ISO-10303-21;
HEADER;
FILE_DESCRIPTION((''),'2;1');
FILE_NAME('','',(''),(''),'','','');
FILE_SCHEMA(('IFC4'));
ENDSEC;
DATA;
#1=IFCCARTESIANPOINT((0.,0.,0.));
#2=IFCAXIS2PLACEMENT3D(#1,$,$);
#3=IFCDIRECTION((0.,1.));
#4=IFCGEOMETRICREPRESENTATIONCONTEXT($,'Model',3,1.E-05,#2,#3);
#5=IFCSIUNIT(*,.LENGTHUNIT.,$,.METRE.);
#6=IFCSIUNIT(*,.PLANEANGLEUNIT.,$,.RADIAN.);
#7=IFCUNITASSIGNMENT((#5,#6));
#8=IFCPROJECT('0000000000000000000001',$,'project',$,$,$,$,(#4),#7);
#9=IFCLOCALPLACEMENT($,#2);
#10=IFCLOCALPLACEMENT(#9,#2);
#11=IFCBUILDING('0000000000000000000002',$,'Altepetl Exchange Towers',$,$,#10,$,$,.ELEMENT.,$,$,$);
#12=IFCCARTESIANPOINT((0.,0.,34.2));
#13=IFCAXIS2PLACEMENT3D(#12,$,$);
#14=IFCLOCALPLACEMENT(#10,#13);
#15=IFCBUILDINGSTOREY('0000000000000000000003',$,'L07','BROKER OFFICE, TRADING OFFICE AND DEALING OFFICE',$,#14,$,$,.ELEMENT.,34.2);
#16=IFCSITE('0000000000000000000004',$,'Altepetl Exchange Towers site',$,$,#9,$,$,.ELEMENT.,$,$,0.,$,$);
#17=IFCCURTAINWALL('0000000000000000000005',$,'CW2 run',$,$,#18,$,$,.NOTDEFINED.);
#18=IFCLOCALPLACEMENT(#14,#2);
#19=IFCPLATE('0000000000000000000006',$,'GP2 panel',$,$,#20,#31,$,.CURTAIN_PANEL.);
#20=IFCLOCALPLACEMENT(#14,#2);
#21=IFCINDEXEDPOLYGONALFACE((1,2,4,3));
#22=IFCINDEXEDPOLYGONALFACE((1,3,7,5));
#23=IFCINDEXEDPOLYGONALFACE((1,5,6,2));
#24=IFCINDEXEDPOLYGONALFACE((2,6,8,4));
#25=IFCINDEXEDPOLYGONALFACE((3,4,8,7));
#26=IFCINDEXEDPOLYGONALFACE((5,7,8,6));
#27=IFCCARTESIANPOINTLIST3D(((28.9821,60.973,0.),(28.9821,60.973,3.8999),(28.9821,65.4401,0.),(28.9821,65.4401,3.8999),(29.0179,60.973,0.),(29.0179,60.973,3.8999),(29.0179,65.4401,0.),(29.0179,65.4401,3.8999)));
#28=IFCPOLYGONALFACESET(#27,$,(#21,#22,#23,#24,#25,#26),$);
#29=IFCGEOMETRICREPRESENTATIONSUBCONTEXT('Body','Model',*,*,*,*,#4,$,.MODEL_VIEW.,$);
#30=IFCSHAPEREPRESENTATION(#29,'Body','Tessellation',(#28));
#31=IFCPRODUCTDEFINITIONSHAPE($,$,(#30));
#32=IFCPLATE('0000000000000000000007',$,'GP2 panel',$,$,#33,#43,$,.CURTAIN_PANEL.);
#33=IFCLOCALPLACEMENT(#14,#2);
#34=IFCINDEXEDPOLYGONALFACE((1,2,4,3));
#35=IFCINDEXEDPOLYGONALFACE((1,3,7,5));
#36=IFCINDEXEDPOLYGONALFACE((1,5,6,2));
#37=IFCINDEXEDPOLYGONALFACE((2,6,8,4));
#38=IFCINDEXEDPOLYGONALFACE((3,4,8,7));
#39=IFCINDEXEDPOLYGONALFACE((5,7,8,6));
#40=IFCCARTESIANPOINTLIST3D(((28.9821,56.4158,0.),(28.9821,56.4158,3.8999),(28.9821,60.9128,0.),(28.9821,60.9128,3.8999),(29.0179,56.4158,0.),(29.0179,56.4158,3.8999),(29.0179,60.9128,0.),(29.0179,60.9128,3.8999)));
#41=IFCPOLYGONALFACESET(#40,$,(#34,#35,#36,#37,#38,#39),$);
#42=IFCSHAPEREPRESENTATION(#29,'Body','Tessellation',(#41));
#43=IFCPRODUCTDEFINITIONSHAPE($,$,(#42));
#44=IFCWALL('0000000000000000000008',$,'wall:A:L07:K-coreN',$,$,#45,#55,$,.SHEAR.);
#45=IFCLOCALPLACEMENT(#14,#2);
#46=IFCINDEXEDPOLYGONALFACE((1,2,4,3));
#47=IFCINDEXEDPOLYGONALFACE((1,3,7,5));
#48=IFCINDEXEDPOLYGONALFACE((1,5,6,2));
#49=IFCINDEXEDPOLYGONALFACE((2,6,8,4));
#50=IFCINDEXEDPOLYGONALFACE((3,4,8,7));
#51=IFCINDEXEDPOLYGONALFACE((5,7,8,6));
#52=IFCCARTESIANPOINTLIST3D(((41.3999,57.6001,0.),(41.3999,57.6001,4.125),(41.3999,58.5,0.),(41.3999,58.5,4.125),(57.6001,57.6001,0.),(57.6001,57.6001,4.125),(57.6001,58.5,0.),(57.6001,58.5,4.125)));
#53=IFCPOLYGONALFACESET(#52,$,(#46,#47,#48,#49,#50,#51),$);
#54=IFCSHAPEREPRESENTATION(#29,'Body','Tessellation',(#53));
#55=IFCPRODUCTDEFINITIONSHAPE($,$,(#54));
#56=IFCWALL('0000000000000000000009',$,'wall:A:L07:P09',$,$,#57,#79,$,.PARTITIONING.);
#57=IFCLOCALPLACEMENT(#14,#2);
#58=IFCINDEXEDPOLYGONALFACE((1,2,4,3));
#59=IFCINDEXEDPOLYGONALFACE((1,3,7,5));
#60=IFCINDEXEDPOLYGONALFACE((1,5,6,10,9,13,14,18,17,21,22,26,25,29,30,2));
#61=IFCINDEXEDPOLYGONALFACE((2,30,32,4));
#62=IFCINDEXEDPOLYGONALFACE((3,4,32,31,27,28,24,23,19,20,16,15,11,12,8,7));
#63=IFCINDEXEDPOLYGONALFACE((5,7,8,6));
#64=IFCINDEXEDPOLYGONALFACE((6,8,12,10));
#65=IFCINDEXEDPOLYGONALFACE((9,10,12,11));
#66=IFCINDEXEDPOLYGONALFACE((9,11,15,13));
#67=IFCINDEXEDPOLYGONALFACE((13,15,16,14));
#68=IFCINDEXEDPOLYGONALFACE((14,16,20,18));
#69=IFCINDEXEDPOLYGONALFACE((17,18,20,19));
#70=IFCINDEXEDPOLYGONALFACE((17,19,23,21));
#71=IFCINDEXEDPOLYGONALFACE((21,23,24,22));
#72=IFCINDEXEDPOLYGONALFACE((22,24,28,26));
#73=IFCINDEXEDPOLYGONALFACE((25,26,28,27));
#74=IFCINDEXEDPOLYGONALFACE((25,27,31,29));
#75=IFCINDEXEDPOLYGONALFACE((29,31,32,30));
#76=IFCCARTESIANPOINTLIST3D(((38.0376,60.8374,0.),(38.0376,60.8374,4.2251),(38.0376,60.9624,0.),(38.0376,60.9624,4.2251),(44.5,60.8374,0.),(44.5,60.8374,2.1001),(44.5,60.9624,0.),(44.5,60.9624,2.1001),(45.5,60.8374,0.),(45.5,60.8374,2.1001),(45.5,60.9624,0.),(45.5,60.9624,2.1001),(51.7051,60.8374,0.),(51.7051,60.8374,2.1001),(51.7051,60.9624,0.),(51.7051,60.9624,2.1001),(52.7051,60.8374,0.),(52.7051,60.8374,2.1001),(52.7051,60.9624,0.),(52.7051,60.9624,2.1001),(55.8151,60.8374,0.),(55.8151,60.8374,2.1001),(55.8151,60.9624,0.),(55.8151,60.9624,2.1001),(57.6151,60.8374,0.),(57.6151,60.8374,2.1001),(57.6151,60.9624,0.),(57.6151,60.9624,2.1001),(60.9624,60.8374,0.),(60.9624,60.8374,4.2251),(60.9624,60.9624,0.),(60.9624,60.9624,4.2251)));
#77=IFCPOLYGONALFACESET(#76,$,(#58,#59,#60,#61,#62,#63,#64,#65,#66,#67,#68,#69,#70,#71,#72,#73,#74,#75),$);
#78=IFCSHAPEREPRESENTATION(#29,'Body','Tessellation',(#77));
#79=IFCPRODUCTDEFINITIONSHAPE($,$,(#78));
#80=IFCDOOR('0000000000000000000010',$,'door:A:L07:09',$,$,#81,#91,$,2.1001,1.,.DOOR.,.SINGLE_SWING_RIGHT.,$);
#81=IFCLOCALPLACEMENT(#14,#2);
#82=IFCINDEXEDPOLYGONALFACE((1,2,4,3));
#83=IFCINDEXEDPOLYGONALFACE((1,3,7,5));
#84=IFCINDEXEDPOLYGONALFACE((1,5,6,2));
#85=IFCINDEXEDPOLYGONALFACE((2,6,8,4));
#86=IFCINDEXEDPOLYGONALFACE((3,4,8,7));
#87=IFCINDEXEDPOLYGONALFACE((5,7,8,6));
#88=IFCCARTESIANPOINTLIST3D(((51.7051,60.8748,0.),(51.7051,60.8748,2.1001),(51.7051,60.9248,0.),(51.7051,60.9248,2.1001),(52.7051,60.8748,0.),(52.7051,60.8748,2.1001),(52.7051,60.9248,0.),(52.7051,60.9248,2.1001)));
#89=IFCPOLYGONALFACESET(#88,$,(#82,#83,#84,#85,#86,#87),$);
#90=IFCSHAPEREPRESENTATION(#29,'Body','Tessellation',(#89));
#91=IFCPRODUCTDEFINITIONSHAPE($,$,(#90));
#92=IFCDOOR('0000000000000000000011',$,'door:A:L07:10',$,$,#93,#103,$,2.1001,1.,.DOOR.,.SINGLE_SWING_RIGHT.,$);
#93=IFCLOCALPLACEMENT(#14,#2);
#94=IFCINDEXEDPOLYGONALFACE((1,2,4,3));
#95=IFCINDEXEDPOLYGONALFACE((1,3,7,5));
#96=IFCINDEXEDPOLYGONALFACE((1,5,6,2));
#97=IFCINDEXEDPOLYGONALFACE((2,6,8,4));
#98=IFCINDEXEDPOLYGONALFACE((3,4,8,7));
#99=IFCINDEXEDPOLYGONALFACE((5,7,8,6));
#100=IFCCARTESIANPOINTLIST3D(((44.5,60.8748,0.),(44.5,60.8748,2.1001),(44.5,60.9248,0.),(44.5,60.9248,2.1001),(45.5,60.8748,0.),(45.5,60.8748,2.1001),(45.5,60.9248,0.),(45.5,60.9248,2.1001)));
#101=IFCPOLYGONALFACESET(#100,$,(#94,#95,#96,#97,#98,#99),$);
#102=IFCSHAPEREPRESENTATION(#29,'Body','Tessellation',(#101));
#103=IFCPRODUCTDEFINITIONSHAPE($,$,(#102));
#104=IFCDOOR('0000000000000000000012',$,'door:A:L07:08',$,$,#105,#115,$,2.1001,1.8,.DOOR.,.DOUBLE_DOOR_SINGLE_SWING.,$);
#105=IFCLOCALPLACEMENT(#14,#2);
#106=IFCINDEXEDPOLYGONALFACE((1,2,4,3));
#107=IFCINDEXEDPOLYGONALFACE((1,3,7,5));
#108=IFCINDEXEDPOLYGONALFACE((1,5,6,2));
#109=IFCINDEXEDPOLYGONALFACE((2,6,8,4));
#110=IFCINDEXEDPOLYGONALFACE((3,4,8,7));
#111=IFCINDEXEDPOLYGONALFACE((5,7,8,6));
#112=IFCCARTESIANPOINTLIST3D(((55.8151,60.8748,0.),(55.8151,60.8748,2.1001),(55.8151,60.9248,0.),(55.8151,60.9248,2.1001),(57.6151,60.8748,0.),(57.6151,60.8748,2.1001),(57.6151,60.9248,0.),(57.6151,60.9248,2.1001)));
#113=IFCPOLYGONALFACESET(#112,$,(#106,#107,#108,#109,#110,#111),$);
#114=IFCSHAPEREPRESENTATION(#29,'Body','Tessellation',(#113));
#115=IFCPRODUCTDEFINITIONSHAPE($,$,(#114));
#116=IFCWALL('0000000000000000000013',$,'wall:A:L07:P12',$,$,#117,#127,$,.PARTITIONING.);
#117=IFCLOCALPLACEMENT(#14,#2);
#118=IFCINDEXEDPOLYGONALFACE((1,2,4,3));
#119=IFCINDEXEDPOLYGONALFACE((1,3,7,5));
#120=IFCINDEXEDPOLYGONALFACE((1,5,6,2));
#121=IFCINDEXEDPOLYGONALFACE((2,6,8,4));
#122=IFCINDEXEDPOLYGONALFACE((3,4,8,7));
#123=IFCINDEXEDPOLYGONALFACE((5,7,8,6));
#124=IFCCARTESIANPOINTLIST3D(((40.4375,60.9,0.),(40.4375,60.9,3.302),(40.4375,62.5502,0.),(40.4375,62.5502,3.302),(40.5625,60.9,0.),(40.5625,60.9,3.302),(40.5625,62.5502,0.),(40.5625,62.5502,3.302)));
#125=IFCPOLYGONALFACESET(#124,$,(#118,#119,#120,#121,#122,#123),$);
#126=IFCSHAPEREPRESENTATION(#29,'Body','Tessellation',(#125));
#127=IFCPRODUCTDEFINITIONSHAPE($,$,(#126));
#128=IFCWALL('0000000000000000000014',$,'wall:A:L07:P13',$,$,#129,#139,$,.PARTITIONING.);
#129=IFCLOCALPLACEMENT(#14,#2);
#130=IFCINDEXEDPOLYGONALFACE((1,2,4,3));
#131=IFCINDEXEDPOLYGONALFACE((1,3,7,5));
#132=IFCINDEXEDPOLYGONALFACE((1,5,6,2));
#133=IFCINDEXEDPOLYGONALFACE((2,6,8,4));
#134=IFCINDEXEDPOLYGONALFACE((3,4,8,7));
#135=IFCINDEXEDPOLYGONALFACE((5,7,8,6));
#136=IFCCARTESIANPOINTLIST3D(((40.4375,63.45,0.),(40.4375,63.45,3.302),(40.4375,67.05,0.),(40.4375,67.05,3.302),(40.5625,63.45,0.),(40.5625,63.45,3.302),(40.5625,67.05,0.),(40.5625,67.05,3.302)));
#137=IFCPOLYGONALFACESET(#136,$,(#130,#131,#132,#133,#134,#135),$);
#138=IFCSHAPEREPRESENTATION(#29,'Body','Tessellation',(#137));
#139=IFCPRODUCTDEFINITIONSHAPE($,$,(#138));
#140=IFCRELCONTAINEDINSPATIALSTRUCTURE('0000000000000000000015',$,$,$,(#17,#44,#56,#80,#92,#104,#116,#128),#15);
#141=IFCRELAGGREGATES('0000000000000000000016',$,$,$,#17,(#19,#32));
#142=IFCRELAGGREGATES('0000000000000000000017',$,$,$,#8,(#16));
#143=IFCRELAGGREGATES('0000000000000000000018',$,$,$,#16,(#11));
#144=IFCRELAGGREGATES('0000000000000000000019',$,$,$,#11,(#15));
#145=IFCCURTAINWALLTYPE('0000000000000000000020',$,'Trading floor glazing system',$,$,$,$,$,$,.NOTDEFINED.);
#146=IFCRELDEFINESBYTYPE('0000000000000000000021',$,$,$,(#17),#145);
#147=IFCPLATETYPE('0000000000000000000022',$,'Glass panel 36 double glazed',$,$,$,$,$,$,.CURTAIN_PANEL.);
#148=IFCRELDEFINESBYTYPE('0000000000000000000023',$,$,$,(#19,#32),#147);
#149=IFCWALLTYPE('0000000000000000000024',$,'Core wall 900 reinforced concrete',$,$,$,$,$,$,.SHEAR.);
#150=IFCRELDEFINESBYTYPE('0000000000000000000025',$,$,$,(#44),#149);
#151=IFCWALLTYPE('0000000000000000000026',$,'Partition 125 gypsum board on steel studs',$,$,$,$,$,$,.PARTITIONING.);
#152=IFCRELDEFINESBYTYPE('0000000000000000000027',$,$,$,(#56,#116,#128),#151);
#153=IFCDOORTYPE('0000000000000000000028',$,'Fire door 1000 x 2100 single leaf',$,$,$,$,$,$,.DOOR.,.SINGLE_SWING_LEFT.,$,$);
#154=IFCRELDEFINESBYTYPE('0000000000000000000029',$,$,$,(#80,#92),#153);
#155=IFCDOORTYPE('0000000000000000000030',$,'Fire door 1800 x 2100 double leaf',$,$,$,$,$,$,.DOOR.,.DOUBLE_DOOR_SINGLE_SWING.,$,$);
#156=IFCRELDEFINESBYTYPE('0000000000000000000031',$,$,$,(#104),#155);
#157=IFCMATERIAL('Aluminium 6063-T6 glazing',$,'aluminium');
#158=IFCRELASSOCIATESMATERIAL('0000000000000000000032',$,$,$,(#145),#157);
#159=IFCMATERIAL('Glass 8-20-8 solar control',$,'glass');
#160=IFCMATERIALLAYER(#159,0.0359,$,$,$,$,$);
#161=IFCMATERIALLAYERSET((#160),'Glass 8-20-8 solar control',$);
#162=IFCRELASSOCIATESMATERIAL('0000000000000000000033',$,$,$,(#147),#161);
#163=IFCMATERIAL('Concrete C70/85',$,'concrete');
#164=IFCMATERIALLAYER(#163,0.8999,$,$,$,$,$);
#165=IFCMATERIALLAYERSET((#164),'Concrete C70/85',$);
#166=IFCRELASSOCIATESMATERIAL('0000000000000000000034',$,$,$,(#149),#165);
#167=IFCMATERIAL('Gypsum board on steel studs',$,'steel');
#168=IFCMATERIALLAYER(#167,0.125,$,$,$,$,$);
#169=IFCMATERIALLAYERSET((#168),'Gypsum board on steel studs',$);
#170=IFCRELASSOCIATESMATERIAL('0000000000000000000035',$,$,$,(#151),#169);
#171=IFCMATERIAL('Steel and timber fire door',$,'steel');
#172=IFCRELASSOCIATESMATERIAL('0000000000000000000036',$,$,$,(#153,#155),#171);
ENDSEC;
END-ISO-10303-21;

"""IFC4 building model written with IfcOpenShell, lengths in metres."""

from ifc_helpers import new_model, si_unit, direction, frame, frame_2d, origin, origin_2d, place, context, subcontext, project, spatial, rectangle, extrude, material, layer, layer_set, type_object, element, fill, aggregate, save


model = new_model("IFC4")

# Units and contexts
model_context = context("Model", 3, precision=1e-05, world=origin(), true_north=direction((0.0, 1.0)))
body_context = subcontext(model_context, "Body", "Model", "MODEL_VIEW")
ifc_project = project(units=[si_unit("LENGTHUNIT", "METRE"), si_unit("PLANEANGLEUNIT", "RADIAN")], contexts=[model_context])

# Site, building, storey
site_placement = place(None, origin())
site = spatial("IfcSite", under=ifc_project, at=site_placement, Name="Altepetl Exchange Towers site", CompositionType="ELEMENT", RefElevation=0.0)
building_placement = place(site_placement, origin())
building = spatial("IfcBuilding", under=site, at=building_placement, Name="Altepetl Exchange Towers", CompositionType="ELEMENT")
storey_placement = place(building_placement, frame((0.0, 0.0, 34.2)))
storey = spatial("IfcBuildingStorey", under=building, at=storey_placement, Name="L07", Description="BROKER OFFICE, TRADING OFFICE AND DEALING OFFICE", CompositionType="ELEMENT", Elevation=34.2)

# Shared definitions
ifc_material_1 = material(Name="Concrete C70/85", Category="concrete")

# Curtain wall
ifc_material_2 = material(Name="Aluminium 6063-T6 glazing", Category="aluminium")
curtain_wall_type = type_object("IfcCurtainWallType", Name="Trading floor glazing system", PredefinedType="NOTDEFINED", material=ifc_material_2)
curtain_wall_placement = place(storey_placement, origin())
curtain_wall = element("IfcCurtainWall", 1, at=curtain_wall_placement, inside=storey, type_object=curtain_wall_type, Name="CW2 run", PredefinedType="NOTDEFINED")

# Plates
ifc_material_3 = material(Name="Glass 8-20-8 solar control", Category="glass")
ifc_layer_1 = layer(ifc_material_3, 0.0359)
ifc_layer_set_1 = layer_set([ifc_layer_1], Name="Glass 8-20-8 solar control")
plate_type = type_object("IfcPlateType", Name="Glass panel 36 double glazed", PredefinedType="CURTAIN_PANEL", material=ifc_layer_set_1)
plate_1_placement = place(storey_placement, frame((29.0, 63.2065, 0.0), z_axis=(0.0, 0.0, 1.0), x_axis=(0.0, -1.0, 0.0)))
plate_1 = element("IfcPlate", 2, at=plate_1_placement, type_object=plate_type, Name="GP2 panel", PredefinedType="CURTAIN_PANEL", context=body_context, shape_type="SweptSolid", body=[
    extrude(rectangle(XDim=4.467, YDim=0.0359, at=origin_2d()), origin(), (0.0, 0.0, 1.0), 3.8999),
])
plate_2_placement = place(storey_placement, frame((29.0, 58.6643, 0.0), z_axis=(0.0, 0.0, 1.0), x_axis=(0.0, -1.0, 0.0)))
plate_2 = element("IfcPlate", 3, at=plate_2_placement, type_object=plate_type, Name="GP2 panel", PredefinedType="CURTAIN_PANEL", context=body_context, shape_type="SweptSolid", body=[
    extrude(rectangle(XDim=4.4971, YDim=0.0359, at=origin_2d()), origin(), (0.0, 0.0, 1.0), 3.8999),
])
aggregate(curtain_wall, [plate_1, plate_2])

# Wall
ifc_layer_2 = layer(ifc_material_1, 0.8999)
ifc_layer_set_2 = layer_set([ifc_layer_2], Name="Concrete C70/85")
wall_type_1 = type_object("IfcWallType", Name="Core wall 900 reinforced concrete", PredefinedType="SHEAR", material=ifc_layer_set_2)
wall_1_placement = place(storey_placement, frame((41.3999, 58.05, 0.0)))
element("IfcWall", 4, at=wall_1_placement, inside=storey, type_object=wall_type_1, Name="wall:A:L07:K-coreN", PredefinedType="SHEAR", context=body_context, shape_type="SweptSolid", body=[
    extrude(rectangle(XDim=16.2002, YDim=0.8999, at=frame_2d((8.1001, 0.0))), origin(), (0.0, 0.0, 1.0), 4.125),
])

# Wall, openings, doors
ifc_material_4 = material(Name="Gypsum board on steel studs", Category="steel")
ifc_layer_3 = layer(ifc_material_4, 0.125)
ifc_layer_set_3 = layer_set([ifc_layer_3], Name="Gypsum board on steel studs")
wall_type_2 = type_object("IfcWallType", Name="Partition 125 gypsum board on steel studs", PredefinedType="PARTITIONING", material=ifc_layer_set_3)
wall_2_placement = place(storey_placement, frame((38.0376, 60.8999, 0.0)))
wall_2 = element("IfcWall", 5, at=wall_2_placement, inside=storey, type_object=wall_type_2, Name="wall:A:L07:P09", PredefinedType="PARTITIONING", context=body_context, shape_type="SweptSolid", body=[
    extrude(rectangle(XDim=22.9248, YDim=0.125, at=frame_2d((11.4624, 0.0))), origin(), (0.0, 0.0, 1.0), 4.2251),
])
opening_1_placement = place(wall_2_placement, frame((17.7776, 0.0, 0.0)))
opening_1 = element("IfcOpeningElement", 6, at=opening_1_placement, cuts=wall_2, PredefinedType="OPENING", context=body_context, shape_type="SweptSolid", body=[
    extrude(rectangle(XDim=1.8, YDim=2.1001, at=frame_2d((0.8999, 1.05))), frame((0.0, 0.0725, 0.0), z_axis=(0.0, -1.0, 0.0), x_axis=(1.0, 0.0, 0.0)), (0.0, 0.0, 1.0), 0.145),
])
opening_2_placement = place(wall_2_placement, frame((13.6675, 0.0, 0.0)))
opening_2 = element("IfcOpeningElement", 7, at=opening_2_placement, cuts=wall_2, PredefinedType="OPENING", context=body_context, shape_type="SweptSolid", body=[
    extrude(rectangle(XDim=1.0, YDim=2.1001, at=frame_2d((0.5, 1.05))), frame((0.0, 0.0725, 0.0), z_axis=(0.0, -1.0, 0.0), x_axis=(1.0, 0.0, 0.0)), (0.0, 0.0, 1.0), 0.145),
])
opening_3_placement = place(wall_2_placement, frame((6.4624, 0.0, 0.0)))
opening_3 = element("IfcOpeningElement", 8, at=opening_3_placement, cuts=wall_2, PredefinedType="OPENING", context=body_context, shape_type="SweptSolid", body=[
    extrude(rectangle(XDim=1.0, YDim=2.1001, at=frame_2d((0.5, 1.05))), frame((0.0, 0.0725, 0.0), z_axis=(0.0, -1.0, 0.0), x_axis=(1.0, 0.0, 0.0)), (0.0, 0.0, 1.0), 0.145),
])
ifc_material_5 = material(Name="Steel and timber fire door", Category="steel")
door_type_1 = type_object("IfcDoorType", Name="Fire door 1000 x 2100 single leaf", OperationType="SINGLE_SWING_LEFT", PredefinedType="DOOR", material=ifc_material_5)
door_1_placement = place(opening_2_placement, origin())
door_1 = element("IfcDoor", 9, at=door_1_placement, inside=storey, type_object=door_type_1, Name="door:A:L07:09", OperationType="SINGLE_SWING_RIGHT", OverallHeight=2.1001, OverallWidth=1.0, PredefinedType="DOOR", context=body_context, shape_type="SweptSolid", body=[
    extrude(rectangle(XDim=1.0, YDim=2.1001, at=frame_2d((0.5, 1.05))), frame((0.0, 0.0249, 0.0), z_axis=(0.0, -1.0, 0.0), x_axis=(1.0, 0.0, 0.0)), (0.0, 0.0, 1.0), 0.05),
])
fill(opening_2, door_1)
door_2_placement = place(opening_3_placement, origin())
door_2 = element("IfcDoor", 10, at=door_2_placement, inside=storey, type_object=door_type_1, Name="door:A:L07:10", OperationType="SINGLE_SWING_RIGHT", OverallHeight=2.1001, OverallWidth=1.0, PredefinedType="DOOR", context=body_context, shape_type="SweptSolid", body=[
    extrude(rectangle(XDim=1.0, YDim=2.1001, at=frame_2d((0.5, 1.05))), frame((0.0, 0.0249, 0.0), z_axis=(0.0, -1.0, 0.0), x_axis=(1.0, 0.0, 0.0)), (0.0, 0.0, 1.0), 0.05),
])
fill(opening_3, door_2)
door_type_2 = type_object("IfcDoorType", Name="Fire door 1800 x 2100 double leaf", OperationType="DOUBLE_DOOR_SINGLE_SWING", PredefinedType="DOOR", material=ifc_material_5)
door_3_placement = place(opening_1_placement, origin())
door_3 = element("IfcDoor", 11, at=door_3_placement, inside=storey, type_object=door_type_2, Name="door:A:L07:08", OperationType="DOUBLE_DOOR_SINGLE_SWING", OverallHeight=2.1001, OverallWidth=1.8, PredefinedType="DOOR", context=body_context, shape_type="SweptSolid", body=[
    extrude(rectangle(XDim=1.8, YDim=2.1001, at=frame_2d((0.8999, 1.05))), frame((0.0, 0.0249, 0.0), z_axis=(0.0, -1.0, 0.0), x_axis=(1.0, 0.0, 0.0)), (0.0, 0.0, 1.0), 0.05),
])
fill(opening_1, door_3)

# Walls
wall_3_placement = place(storey_placement, frame((40.5, 60.8999, 0.0), z_axis=(0.0, 0.0, 1.0), x_axis=(0.0, 1.0, 0.0)))
element("IfcWall", 12, at=wall_3_placement, inside=storey, type_object=wall_type_2, Name="wall:A:L07:P12", PredefinedType="PARTITIONING", context=body_context, shape_type="SweptSolid", body=[
    extrude(rectangle(XDim=1.6501, YDim=0.125, at=frame_2d((0.8252, 0.0))), origin(), (0.0, 0.0, 1.0), 3.302),
])
wall_4_placement = place(storey_placement, frame((40.5, 63.45, 0.0), z_axis=(0.0, 0.0, 1.0), x_axis=(0.0, 1.0, 0.0)))
element("IfcWall", 13, at=wall_4_placement, inside=storey, type_object=wall_type_2, Name="wall:A:L07:P13", PredefinedType="PARTITIONING", context=body_context, shape_type="SweptSolid", body=[
    extrude(rectangle(XDim=3.6001, YDim=0.125, at=frame_2d((1.8, 0.0))), origin(), (0.0, 0.0, 1.0), 3.302),
])

save(model, "model.ifc")
